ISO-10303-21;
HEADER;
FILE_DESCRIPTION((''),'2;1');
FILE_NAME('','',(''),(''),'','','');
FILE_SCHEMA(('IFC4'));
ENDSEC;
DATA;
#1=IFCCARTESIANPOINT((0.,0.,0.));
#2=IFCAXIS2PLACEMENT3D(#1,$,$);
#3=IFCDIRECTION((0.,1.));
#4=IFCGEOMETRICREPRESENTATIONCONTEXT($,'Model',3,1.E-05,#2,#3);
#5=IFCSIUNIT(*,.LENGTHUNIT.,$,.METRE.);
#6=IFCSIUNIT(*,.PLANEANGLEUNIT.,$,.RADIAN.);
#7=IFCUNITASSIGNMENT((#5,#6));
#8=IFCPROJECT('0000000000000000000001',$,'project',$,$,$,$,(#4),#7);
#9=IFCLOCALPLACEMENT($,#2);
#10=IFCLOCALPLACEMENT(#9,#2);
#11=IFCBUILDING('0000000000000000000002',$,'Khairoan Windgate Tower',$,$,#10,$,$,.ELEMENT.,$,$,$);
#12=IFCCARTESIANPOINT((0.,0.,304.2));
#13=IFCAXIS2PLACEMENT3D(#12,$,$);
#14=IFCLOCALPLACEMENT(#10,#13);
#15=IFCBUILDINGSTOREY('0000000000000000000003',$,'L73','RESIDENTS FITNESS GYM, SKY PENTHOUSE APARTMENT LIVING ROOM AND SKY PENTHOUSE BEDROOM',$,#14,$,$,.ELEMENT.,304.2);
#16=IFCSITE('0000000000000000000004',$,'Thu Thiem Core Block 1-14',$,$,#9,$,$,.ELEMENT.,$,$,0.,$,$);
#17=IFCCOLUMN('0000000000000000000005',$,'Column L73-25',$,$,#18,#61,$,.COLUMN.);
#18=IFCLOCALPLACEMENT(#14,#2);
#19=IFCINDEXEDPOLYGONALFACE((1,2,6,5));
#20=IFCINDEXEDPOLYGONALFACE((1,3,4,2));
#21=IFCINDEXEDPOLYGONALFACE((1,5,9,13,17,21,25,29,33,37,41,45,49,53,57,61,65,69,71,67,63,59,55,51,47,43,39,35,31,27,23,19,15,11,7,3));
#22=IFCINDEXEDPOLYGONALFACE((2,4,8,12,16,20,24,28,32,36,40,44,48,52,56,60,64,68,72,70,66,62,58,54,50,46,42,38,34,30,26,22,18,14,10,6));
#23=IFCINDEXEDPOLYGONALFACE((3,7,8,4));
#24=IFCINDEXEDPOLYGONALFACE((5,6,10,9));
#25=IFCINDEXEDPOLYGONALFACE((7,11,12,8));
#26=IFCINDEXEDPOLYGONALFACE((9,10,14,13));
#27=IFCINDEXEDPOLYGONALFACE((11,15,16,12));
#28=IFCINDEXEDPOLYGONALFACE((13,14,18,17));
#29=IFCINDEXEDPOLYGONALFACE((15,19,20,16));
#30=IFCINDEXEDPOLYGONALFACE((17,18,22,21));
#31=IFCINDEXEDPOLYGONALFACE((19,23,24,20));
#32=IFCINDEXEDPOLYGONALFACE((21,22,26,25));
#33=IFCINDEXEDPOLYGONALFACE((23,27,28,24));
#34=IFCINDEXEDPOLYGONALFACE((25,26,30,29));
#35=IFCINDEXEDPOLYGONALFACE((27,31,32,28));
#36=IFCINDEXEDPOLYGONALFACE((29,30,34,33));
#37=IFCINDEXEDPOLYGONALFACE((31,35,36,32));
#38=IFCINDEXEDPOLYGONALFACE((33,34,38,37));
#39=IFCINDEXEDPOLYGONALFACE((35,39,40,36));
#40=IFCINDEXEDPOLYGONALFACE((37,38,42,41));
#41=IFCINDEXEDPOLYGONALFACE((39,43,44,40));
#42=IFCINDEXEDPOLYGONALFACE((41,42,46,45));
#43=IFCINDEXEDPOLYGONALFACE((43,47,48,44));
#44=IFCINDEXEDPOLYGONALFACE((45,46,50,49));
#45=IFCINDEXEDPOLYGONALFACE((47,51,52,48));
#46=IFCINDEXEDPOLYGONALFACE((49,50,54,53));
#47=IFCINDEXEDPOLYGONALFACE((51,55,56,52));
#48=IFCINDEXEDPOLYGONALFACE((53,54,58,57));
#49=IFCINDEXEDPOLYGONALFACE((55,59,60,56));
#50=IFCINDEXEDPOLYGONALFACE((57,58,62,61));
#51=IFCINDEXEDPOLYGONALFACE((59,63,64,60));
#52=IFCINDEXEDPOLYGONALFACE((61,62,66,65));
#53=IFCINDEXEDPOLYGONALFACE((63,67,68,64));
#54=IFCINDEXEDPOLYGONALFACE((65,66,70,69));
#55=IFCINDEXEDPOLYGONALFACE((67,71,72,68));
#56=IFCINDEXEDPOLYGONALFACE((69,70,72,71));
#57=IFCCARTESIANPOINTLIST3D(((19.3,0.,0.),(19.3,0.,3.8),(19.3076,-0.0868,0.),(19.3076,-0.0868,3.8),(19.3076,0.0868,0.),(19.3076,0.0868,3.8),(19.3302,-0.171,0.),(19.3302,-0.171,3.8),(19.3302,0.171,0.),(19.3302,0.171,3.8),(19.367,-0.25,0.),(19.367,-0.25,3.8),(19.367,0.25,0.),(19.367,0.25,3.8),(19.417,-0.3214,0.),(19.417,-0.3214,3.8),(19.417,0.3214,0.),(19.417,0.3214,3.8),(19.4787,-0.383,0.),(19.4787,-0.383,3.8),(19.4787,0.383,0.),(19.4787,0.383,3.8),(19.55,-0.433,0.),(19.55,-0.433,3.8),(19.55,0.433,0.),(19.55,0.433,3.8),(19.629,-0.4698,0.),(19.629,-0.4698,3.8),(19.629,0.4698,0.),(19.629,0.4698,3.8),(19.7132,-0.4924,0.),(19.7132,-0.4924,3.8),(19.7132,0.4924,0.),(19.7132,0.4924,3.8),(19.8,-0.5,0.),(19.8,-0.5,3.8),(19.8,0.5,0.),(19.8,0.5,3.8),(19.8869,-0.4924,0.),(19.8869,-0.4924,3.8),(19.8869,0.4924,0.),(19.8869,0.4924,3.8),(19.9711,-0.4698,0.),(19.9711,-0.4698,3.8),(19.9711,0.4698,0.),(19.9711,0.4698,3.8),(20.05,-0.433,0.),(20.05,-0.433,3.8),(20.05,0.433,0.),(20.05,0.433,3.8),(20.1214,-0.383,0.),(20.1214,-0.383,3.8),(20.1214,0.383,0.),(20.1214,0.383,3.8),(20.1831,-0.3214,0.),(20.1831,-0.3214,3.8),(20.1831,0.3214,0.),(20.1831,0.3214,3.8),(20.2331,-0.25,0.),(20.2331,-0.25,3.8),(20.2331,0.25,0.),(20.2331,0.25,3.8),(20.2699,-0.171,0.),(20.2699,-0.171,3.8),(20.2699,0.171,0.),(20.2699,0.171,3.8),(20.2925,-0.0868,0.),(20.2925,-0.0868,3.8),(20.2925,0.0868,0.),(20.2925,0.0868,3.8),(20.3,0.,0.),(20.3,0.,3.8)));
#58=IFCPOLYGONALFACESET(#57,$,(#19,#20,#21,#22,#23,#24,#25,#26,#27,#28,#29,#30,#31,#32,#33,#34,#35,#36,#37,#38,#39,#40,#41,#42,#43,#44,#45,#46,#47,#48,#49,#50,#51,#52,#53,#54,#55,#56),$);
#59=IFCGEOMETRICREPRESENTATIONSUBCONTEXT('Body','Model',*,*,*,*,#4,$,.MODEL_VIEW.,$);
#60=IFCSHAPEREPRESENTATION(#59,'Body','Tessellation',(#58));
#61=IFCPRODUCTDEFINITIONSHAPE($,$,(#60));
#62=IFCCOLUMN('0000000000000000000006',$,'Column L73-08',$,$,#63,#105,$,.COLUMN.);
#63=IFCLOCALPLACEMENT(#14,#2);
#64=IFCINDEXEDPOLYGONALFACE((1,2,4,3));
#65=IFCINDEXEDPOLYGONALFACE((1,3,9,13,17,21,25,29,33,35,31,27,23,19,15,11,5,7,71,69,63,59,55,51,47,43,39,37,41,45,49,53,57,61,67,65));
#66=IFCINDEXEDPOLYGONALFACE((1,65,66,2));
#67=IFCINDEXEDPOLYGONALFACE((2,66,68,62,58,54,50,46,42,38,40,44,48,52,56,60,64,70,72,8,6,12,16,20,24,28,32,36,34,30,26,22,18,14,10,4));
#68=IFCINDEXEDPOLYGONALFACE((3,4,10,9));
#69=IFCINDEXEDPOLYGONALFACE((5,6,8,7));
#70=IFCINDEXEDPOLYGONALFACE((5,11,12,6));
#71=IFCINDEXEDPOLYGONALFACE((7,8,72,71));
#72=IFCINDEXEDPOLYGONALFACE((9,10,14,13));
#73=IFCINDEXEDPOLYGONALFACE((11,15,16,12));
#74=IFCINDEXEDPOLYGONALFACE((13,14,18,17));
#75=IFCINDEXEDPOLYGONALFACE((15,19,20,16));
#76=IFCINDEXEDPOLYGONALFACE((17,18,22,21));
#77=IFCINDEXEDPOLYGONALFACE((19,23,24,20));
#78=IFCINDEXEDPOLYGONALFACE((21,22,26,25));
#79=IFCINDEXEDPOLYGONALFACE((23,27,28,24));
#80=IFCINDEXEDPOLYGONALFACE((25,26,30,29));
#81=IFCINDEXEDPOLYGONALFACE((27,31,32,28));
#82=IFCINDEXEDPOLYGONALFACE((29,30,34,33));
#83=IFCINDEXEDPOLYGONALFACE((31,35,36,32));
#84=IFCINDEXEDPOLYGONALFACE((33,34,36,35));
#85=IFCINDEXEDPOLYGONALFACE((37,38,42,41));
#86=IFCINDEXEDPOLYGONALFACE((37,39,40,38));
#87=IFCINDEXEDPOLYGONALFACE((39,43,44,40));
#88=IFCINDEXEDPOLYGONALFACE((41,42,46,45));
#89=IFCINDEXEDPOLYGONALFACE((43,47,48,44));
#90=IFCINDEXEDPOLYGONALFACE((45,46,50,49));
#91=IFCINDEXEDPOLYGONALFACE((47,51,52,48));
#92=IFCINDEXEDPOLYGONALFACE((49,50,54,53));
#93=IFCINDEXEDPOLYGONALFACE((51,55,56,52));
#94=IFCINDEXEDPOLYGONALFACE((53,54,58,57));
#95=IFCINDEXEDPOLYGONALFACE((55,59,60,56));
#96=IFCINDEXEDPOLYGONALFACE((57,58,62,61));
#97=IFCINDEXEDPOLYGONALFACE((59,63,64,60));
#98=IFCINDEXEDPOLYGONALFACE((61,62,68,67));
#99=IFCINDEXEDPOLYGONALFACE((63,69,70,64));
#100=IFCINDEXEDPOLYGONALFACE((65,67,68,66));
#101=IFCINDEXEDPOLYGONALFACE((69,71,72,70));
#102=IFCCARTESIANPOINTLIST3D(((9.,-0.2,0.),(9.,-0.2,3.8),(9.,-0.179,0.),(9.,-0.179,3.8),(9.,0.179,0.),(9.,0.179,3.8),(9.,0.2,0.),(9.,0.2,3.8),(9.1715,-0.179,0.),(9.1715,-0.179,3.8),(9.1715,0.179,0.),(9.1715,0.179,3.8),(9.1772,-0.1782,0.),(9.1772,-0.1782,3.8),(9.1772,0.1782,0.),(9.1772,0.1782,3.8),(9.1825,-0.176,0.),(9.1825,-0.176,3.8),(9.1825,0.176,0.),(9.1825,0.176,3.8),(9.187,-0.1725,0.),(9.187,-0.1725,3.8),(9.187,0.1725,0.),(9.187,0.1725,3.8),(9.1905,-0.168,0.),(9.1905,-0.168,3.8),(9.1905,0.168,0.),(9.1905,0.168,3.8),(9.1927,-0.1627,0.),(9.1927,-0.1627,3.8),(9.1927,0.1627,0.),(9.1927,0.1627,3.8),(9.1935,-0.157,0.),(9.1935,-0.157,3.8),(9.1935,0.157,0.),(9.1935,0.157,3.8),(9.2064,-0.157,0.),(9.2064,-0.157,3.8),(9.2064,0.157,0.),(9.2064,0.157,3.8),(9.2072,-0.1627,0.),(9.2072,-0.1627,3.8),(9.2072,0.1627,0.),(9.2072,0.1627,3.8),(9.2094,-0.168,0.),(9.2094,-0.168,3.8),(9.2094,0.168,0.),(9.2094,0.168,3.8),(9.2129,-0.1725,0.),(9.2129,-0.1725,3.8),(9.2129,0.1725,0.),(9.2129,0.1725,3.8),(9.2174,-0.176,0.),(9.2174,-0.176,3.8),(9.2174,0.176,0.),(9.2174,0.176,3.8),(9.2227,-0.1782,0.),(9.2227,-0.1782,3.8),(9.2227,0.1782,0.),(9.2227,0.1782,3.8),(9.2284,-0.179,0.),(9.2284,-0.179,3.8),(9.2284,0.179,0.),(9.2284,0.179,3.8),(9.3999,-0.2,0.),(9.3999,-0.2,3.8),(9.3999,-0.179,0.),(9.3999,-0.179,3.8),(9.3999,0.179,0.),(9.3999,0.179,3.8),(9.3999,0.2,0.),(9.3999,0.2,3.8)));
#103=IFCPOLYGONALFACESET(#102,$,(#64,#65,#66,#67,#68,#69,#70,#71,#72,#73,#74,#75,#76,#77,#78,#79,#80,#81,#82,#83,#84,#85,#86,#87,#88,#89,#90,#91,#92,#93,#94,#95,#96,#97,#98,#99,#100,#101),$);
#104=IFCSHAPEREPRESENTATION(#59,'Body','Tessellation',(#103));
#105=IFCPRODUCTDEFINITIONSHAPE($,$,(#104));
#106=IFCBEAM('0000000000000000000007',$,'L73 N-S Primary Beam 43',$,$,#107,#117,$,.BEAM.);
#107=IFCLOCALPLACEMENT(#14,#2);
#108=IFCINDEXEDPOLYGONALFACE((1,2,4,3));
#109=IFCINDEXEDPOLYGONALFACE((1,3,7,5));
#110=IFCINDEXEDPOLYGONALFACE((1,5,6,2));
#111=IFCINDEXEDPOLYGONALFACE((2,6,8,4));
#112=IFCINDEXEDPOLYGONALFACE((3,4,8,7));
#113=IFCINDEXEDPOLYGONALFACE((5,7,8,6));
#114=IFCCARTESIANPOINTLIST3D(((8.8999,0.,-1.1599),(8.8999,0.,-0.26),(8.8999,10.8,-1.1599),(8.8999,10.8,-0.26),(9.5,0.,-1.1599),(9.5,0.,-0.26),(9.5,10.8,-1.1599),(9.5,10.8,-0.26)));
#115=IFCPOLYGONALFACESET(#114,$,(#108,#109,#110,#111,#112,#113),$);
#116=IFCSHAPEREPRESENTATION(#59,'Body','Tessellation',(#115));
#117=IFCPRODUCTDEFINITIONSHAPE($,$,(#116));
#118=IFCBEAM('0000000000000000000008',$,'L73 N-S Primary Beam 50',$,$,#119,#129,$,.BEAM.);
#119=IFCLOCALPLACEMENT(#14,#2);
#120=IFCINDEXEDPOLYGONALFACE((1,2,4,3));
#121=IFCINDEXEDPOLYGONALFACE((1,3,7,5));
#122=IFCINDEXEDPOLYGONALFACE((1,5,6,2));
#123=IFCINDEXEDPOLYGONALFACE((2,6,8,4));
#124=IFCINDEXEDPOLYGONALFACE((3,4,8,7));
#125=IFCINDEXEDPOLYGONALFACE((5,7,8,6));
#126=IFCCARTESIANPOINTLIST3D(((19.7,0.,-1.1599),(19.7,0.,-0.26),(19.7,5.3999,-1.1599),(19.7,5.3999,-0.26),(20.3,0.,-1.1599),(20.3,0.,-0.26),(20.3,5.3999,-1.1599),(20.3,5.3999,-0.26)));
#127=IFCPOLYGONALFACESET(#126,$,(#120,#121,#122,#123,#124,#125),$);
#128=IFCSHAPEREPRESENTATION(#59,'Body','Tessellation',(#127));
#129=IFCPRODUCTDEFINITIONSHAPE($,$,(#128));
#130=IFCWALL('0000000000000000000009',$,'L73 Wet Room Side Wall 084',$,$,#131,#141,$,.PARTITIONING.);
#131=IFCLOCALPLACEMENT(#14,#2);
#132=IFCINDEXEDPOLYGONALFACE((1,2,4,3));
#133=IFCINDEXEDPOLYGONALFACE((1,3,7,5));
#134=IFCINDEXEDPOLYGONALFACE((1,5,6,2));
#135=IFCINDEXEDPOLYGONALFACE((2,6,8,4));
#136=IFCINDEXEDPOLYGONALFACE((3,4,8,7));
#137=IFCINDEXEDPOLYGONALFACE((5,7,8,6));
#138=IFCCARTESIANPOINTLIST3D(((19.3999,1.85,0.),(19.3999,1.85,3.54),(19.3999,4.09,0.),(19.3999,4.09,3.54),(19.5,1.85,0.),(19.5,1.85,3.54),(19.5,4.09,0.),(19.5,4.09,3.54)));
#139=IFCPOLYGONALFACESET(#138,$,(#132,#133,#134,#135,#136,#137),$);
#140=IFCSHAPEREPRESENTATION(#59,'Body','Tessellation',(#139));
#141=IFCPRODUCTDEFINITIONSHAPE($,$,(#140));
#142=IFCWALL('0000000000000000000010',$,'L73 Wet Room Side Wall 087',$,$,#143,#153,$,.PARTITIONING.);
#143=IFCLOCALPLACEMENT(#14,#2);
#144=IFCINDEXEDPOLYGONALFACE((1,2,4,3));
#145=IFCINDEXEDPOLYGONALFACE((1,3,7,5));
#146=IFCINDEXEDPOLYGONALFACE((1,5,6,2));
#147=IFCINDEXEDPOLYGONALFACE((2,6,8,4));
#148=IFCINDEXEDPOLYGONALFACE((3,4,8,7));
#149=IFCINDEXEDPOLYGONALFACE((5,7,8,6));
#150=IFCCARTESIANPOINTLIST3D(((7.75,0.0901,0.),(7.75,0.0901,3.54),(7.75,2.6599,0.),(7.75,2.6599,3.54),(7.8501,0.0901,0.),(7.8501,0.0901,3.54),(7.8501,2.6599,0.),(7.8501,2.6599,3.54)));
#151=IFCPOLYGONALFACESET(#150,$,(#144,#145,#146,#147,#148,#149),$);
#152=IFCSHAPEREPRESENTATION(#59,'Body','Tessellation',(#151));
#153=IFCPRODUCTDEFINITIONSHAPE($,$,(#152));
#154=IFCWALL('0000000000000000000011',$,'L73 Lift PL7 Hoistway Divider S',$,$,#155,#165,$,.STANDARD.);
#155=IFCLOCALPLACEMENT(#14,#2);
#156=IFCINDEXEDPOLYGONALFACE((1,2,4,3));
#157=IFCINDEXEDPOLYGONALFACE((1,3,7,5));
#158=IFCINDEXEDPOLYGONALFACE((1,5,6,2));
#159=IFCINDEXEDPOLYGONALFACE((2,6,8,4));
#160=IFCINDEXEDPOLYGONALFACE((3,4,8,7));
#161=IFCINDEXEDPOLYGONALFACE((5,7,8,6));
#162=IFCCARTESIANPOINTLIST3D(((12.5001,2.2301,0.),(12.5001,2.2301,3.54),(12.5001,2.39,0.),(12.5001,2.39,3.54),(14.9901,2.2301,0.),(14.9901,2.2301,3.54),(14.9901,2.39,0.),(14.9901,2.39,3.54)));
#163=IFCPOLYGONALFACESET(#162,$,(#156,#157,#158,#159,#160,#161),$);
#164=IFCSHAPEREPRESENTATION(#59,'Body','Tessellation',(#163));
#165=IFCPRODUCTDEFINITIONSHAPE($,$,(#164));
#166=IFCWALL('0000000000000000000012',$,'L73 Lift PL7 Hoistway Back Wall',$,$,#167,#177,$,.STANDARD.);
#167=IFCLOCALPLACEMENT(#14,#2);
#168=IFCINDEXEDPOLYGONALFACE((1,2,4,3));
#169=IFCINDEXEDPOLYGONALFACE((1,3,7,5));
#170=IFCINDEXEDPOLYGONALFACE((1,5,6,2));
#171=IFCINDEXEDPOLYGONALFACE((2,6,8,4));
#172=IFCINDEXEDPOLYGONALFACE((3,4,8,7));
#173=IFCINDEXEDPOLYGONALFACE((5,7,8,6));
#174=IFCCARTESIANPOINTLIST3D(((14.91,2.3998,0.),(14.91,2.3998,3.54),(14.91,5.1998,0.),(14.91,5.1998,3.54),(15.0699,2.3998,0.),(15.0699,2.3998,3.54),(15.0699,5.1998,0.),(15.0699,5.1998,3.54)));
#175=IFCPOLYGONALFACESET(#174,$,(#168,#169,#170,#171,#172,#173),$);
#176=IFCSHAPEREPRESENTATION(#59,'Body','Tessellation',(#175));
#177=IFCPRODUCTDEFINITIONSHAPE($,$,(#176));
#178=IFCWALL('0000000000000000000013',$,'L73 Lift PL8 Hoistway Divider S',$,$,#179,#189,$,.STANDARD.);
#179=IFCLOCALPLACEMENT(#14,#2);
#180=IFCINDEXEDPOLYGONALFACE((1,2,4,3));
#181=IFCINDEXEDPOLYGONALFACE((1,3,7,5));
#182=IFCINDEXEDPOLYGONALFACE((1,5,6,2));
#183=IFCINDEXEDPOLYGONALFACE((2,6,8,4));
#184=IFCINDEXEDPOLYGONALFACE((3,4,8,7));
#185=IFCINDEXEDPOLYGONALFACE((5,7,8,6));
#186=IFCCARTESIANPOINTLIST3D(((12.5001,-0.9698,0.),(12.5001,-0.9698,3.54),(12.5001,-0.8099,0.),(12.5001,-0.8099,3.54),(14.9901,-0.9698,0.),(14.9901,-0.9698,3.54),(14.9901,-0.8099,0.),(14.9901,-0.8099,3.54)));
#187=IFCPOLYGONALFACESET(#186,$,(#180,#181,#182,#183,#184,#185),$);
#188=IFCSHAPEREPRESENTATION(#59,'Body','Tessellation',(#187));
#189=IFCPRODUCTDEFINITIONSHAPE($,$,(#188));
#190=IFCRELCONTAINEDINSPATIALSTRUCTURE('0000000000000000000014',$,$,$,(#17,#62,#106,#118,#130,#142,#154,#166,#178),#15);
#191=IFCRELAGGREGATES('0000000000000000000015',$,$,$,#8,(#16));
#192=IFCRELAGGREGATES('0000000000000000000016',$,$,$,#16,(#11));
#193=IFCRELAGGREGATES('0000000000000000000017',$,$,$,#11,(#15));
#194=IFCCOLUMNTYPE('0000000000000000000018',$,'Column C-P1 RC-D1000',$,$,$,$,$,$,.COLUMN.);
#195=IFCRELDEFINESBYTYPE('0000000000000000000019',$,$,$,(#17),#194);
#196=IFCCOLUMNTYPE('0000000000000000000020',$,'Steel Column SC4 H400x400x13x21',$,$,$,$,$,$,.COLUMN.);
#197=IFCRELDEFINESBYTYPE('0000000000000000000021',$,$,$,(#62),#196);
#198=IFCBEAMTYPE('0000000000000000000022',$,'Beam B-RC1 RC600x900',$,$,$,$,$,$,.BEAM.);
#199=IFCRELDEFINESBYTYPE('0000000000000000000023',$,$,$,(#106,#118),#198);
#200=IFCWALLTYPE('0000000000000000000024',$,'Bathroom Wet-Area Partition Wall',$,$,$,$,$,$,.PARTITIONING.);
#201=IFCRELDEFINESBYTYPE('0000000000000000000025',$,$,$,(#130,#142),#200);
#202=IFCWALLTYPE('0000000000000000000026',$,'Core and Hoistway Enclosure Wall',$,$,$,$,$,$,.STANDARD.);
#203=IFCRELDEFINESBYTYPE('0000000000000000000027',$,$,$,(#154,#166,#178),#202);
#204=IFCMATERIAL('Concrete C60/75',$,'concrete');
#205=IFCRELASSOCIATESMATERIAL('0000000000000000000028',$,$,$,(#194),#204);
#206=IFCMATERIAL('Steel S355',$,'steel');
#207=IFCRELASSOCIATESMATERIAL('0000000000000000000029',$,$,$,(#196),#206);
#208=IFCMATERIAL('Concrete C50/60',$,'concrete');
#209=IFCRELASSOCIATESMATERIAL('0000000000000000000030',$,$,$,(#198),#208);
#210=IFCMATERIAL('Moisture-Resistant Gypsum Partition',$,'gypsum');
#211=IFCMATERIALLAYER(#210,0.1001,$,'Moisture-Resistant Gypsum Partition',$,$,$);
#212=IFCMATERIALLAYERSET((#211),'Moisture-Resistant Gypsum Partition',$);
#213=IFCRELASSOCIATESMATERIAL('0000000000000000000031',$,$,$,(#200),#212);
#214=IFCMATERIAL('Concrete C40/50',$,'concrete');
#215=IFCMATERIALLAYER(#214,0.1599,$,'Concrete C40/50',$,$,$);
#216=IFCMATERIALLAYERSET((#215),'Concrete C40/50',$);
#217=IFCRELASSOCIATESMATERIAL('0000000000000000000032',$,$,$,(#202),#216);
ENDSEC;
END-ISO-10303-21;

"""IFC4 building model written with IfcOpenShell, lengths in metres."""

from ifc_helpers import new_model, si_unit, direction, frame, frame_2d, origin, origin_2d, place, context, subcontext, project, spatial, rectangle, circle, i_section, extrude, material, layer, layer_set, material_profile, profile_set, type_object, element, save


model = new_model("IFC4")

# Units and contexts
model_context = context("Model", 3, precision=1e-05, world=origin(), true_north=direction((0.0, 1.0)))
body_context = subcontext(model_context, "Body", "Model", "MODEL_VIEW")
ifc_project = project(units=[si_unit("LENGTHUNIT", "METRE"), si_unit("PLANEANGLEUNIT", "RADIAN")], contexts=[model_context])

# Site, building, storey
site_placement = place(None, origin())
site = spatial("IfcSite", under=ifc_project, at=site_placement, Name="Thu Thiem Core Block 1-14", CompositionType="ELEMENT", RefElevation=0.0)
building_placement = place(site_placement, origin())
building = spatial("IfcBuilding", under=site, at=building_placement, Name="Khairoan Windgate Tower", CompositionType="ELEMENT")
storey_placement = place(building_placement, frame((0.0, 0.0, 304.2)))
storey = spatial("IfcBuildingStorey", under=building, at=storey_placement, Name="L73", Description="RESIDENTS FITNESS GYM, SKY PENTHOUSE APARTMENT LIVING ROOM AND SKY PENTHOUSE BEDROOM", CompositionType="ELEMENT", Elevation=304.2)

# Columns
ifc_material_1 = material(Name="Concrete C60/75", Category="concrete")
ifc_material_profile_1 = material_profile(ifc_material_1, circle(Radius=0.5, at=origin_2d()))
ifc_profile_set_1 = profile_set([ifc_material_profile_1], Name="Concrete C60/75")
column_type_1 = type_object("IfcColumnType", Name="Column C-P1 RC-D1000", PredefinedType="COLUMN", material=ifc_profile_set_1)
column_1_placement = place(storey_placement, frame((19.8, 0.0, 0.0), z_axis=(0.0, 0.0, 1.0), x_axis=(1.0, 0.0, 0.0)))
element("IfcColumn", 1, at=column_1_placement, inside=storey, type_object=column_type_1, Name="Column L73-25", PredefinedType="COLUMN", context=body_context, shape_type="SweptSolid", body=[
    extrude(circle(Radius=0.5, at=origin_2d()), origin(), (0.0, 0.0, 1.0), 3.8),
])
ifc_material_2 = material(Name="Steel S355", Category="steel")
ifc_material_profile_2 = material_profile(ifc_material_2, i_section(OverallWidth=0.3999, OverallDepth=0.3999, WebThickness=0.0129, FlangeThickness=0.021, FilletRadius=0.022, at=origin_2d()))
ifc_profile_set_2 = profile_set([ifc_material_profile_2], Name="Steel S355")
column_type_2 = type_object("IfcColumnType", Name="Steel Column SC4 H400x400x13x21", PredefinedType="COLUMN", material=ifc_profile_set_2)
column_2_placement = place(storey_placement, frame((9.2, 0.0, 0.0), z_axis=(0.0, 0.0, 1.0), x_axis=(1.0, 0.0, 0.0)))
element("IfcColumn", 2, at=column_2_placement, inside=storey, type_object=column_type_2, Name="Column L73-08", PredefinedType="COLUMN", context=body_context, shape_type="SweptSolid", body=[
    extrude(i_section(OverallWidth=0.3999, OverallDepth=0.3999, WebThickness=0.0129, FlangeThickness=0.021, FilletRadius=0.022, at=origin_2d()), origin(), (0.0, 0.0, 1.0), 3.8),
])

# Beams
ifc_material_3 = material(Name="Concrete C50/60", Category="concrete")
ifc_material_profile_3 = material_profile(ifc_material_3, rectangle(XDim=0.6001, YDim=0.8999, at=origin_2d()))
ifc_profile_set_3 = profile_set([ifc_material_profile_3], Name="Concrete C50/60")
beam_type = type_object("IfcBeamType", Name="Beam B-RC1 RC600x900", PredefinedType="BEAM", material=ifc_profile_set_3)
beam_1_placement = place(storey_placement, frame((9.2, 0.0, -0.71), z_axis=(0.0, 1.0, 0.0), x_axis=(-1.0, 0.0, 0.0)))
element("IfcBeam", 3, at=beam_1_placement, inside=storey, type_object=beam_type, Name="L73 N-S Primary Beam 43", PredefinedType="BEAM", context=body_context, shape_type="SweptSolid", body=[
    extrude(rectangle(XDim=0.6001, YDim=0.8999, at=origin_2d()), origin(), (0.0, 0.0, 1.0), 10.8),
])
beam_2_placement = place(storey_placement, frame((20.0, 0.0, -0.71), z_axis=(0.0, 1.0, 0.0), x_axis=(-1.0, 0.0, 0.0)))
element("IfcBeam", 4, at=beam_2_placement, inside=storey, type_object=beam_type, Name="L73 N-S Primary Beam 50", PredefinedType="BEAM", context=body_context, shape_type="SweptSolid", body=[
    extrude(rectangle(XDim=0.6001, YDim=0.8999, at=origin_2d()), origin(), (0.0, 0.0, 1.0), 5.3999),
])

# Walls
ifc_material_4 = material(Name="Moisture-Resistant Gypsum Partition", Category="gypsum")
ifc_layer_1 = layer(ifc_material_4, 0.1001, Name="Moisture-Resistant Gypsum Partition")
ifc_layer_set_1 = layer_set([ifc_layer_1], Name="Moisture-Resistant Gypsum Partition")
wall_type_1 = type_object("IfcWallType", Name="Bathroom Wet-Area Partition Wall", PredefinedType="PARTITIONING", material=ifc_layer_set_1)
wall_1_placement = place(storey_placement, frame((19.45, 4.0901, 0.0), z_axis=(0.0, 0.0, 1.0), x_axis=(0.0, -1.0, 0.0)))
element("IfcWall", 5, at=wall_1_placement, inside=storey, type_object=wall_type_1, Name="L73 Wet Room Side Wall 084", PredefinedType="PARTITIONING", context=body_context, shape_type="SweptSolid", body=[
    extrude(rectangle(XDim=2.24, YDim=0.1001, at=frame_2d((1.1201, 0.0))), origin(), (0.0, 0.0, 1.0), 3.54),
])
wall_2_placement = place(storey_placement, frame((7.8, 2.6599, 0.0), z_axis=(0.0, 0.0, 1.0), x_axis=(0.0, -1.0, 0.0)))
element("IfcWall", 6, at=wall_2_placement, inside=storey, type_object=wall_type_1, Name="L73 Wet Room Side Wall 087", PredefinedType="PARTITIONING", context=body_context, shape_type="SweptSolid", body=[
    extrude(rectangle(XDim=2.5698, YDim=0.1001, at=frame_2d((1.2849, 0.0))), origin(), (0.0, 0.0, 1.0), 3.54),
])
ifc_material_5 = material(Name="Concrete C40/50", Category="concrete")
ifc_layer_2 = layer(ifc_material_5, 0.1599, Name="Concrete C40/50")
ifc_layer_set_2 = layer_set([ifc_layer_2], Name="Concrete C40/50")
wall_type_2 = type_object("IfcWallType", Name="Core and Hoistway Enclosure Wall", PredefinedType="STANDARD", material=ifc_layer_set_2)
wall_3_placement = place(storey_placement, frame((12.5, 2.3101, 0.0), z_axis=(0.0, 0.0, 1.0), x_axis=(1.0, 0.0, 0.0)))
element("IfcWall", 7, at=wall_3_placement, inside=storey, type_object=wall_type_2, Name="L73 Lift PL7 Hoistway Divider S", PredefinedType="STANDARD", context=body_context, shape_type="SweptSolid", body=[
    extrude(rectangle(XDim=2.49, YDim=0.1599, at=frame_2d((1.2451, 0.0))), origin(), (0.0, 0.0, 1.0), 3.54),
])
wall_4_placement = place(storey_placement, frame((14.99, 2.3999, 0.0), z_axis=(0.0, 0.0, 1.0), x_axis=(0.0, 1.0, 0.0)))
element("IfcWall", 8, at=wall_4_placement, inside=storey, type_object=wall_type_2, Name="L73 Lift PL7 Hoistway Back Wall", PredefinedType="STANDARD", context=body_context, shape_type="SweptSolid", body=[
    extrude(rectangle(XDim=2.8, YDim=0.1599, at=frame_2d((1.3999, 0.0))), origin(), (0.0, 0.0, 1.0), 3.54),
])
for number, where, z_axis, x_axis, name in (
    (9, (12.5, -0.8899, 0.0), (0.0, 0.0, 1.0), (1.0, 0.0, 0.0), "L73 Lift PL8 Hoistway Divider S"),
):
    element("IfcWall", number, at=place(storey_placement, frame(where, z_axis=z_axis, x_axis=x_axis)), inside=storey, type_object=wall_type_2, Name=name, PredefinedType="STANDARD", context=body_context, shape_type="SweptSolid", body=[
        extrude(rectangle(XDim=2.49, YDim=0.1599, at=frame_2d((1.2451, 0.0))), origin(), (0.0, 0.0, 1.0), 3.54),
    ])

save(model, "model.ifc")
